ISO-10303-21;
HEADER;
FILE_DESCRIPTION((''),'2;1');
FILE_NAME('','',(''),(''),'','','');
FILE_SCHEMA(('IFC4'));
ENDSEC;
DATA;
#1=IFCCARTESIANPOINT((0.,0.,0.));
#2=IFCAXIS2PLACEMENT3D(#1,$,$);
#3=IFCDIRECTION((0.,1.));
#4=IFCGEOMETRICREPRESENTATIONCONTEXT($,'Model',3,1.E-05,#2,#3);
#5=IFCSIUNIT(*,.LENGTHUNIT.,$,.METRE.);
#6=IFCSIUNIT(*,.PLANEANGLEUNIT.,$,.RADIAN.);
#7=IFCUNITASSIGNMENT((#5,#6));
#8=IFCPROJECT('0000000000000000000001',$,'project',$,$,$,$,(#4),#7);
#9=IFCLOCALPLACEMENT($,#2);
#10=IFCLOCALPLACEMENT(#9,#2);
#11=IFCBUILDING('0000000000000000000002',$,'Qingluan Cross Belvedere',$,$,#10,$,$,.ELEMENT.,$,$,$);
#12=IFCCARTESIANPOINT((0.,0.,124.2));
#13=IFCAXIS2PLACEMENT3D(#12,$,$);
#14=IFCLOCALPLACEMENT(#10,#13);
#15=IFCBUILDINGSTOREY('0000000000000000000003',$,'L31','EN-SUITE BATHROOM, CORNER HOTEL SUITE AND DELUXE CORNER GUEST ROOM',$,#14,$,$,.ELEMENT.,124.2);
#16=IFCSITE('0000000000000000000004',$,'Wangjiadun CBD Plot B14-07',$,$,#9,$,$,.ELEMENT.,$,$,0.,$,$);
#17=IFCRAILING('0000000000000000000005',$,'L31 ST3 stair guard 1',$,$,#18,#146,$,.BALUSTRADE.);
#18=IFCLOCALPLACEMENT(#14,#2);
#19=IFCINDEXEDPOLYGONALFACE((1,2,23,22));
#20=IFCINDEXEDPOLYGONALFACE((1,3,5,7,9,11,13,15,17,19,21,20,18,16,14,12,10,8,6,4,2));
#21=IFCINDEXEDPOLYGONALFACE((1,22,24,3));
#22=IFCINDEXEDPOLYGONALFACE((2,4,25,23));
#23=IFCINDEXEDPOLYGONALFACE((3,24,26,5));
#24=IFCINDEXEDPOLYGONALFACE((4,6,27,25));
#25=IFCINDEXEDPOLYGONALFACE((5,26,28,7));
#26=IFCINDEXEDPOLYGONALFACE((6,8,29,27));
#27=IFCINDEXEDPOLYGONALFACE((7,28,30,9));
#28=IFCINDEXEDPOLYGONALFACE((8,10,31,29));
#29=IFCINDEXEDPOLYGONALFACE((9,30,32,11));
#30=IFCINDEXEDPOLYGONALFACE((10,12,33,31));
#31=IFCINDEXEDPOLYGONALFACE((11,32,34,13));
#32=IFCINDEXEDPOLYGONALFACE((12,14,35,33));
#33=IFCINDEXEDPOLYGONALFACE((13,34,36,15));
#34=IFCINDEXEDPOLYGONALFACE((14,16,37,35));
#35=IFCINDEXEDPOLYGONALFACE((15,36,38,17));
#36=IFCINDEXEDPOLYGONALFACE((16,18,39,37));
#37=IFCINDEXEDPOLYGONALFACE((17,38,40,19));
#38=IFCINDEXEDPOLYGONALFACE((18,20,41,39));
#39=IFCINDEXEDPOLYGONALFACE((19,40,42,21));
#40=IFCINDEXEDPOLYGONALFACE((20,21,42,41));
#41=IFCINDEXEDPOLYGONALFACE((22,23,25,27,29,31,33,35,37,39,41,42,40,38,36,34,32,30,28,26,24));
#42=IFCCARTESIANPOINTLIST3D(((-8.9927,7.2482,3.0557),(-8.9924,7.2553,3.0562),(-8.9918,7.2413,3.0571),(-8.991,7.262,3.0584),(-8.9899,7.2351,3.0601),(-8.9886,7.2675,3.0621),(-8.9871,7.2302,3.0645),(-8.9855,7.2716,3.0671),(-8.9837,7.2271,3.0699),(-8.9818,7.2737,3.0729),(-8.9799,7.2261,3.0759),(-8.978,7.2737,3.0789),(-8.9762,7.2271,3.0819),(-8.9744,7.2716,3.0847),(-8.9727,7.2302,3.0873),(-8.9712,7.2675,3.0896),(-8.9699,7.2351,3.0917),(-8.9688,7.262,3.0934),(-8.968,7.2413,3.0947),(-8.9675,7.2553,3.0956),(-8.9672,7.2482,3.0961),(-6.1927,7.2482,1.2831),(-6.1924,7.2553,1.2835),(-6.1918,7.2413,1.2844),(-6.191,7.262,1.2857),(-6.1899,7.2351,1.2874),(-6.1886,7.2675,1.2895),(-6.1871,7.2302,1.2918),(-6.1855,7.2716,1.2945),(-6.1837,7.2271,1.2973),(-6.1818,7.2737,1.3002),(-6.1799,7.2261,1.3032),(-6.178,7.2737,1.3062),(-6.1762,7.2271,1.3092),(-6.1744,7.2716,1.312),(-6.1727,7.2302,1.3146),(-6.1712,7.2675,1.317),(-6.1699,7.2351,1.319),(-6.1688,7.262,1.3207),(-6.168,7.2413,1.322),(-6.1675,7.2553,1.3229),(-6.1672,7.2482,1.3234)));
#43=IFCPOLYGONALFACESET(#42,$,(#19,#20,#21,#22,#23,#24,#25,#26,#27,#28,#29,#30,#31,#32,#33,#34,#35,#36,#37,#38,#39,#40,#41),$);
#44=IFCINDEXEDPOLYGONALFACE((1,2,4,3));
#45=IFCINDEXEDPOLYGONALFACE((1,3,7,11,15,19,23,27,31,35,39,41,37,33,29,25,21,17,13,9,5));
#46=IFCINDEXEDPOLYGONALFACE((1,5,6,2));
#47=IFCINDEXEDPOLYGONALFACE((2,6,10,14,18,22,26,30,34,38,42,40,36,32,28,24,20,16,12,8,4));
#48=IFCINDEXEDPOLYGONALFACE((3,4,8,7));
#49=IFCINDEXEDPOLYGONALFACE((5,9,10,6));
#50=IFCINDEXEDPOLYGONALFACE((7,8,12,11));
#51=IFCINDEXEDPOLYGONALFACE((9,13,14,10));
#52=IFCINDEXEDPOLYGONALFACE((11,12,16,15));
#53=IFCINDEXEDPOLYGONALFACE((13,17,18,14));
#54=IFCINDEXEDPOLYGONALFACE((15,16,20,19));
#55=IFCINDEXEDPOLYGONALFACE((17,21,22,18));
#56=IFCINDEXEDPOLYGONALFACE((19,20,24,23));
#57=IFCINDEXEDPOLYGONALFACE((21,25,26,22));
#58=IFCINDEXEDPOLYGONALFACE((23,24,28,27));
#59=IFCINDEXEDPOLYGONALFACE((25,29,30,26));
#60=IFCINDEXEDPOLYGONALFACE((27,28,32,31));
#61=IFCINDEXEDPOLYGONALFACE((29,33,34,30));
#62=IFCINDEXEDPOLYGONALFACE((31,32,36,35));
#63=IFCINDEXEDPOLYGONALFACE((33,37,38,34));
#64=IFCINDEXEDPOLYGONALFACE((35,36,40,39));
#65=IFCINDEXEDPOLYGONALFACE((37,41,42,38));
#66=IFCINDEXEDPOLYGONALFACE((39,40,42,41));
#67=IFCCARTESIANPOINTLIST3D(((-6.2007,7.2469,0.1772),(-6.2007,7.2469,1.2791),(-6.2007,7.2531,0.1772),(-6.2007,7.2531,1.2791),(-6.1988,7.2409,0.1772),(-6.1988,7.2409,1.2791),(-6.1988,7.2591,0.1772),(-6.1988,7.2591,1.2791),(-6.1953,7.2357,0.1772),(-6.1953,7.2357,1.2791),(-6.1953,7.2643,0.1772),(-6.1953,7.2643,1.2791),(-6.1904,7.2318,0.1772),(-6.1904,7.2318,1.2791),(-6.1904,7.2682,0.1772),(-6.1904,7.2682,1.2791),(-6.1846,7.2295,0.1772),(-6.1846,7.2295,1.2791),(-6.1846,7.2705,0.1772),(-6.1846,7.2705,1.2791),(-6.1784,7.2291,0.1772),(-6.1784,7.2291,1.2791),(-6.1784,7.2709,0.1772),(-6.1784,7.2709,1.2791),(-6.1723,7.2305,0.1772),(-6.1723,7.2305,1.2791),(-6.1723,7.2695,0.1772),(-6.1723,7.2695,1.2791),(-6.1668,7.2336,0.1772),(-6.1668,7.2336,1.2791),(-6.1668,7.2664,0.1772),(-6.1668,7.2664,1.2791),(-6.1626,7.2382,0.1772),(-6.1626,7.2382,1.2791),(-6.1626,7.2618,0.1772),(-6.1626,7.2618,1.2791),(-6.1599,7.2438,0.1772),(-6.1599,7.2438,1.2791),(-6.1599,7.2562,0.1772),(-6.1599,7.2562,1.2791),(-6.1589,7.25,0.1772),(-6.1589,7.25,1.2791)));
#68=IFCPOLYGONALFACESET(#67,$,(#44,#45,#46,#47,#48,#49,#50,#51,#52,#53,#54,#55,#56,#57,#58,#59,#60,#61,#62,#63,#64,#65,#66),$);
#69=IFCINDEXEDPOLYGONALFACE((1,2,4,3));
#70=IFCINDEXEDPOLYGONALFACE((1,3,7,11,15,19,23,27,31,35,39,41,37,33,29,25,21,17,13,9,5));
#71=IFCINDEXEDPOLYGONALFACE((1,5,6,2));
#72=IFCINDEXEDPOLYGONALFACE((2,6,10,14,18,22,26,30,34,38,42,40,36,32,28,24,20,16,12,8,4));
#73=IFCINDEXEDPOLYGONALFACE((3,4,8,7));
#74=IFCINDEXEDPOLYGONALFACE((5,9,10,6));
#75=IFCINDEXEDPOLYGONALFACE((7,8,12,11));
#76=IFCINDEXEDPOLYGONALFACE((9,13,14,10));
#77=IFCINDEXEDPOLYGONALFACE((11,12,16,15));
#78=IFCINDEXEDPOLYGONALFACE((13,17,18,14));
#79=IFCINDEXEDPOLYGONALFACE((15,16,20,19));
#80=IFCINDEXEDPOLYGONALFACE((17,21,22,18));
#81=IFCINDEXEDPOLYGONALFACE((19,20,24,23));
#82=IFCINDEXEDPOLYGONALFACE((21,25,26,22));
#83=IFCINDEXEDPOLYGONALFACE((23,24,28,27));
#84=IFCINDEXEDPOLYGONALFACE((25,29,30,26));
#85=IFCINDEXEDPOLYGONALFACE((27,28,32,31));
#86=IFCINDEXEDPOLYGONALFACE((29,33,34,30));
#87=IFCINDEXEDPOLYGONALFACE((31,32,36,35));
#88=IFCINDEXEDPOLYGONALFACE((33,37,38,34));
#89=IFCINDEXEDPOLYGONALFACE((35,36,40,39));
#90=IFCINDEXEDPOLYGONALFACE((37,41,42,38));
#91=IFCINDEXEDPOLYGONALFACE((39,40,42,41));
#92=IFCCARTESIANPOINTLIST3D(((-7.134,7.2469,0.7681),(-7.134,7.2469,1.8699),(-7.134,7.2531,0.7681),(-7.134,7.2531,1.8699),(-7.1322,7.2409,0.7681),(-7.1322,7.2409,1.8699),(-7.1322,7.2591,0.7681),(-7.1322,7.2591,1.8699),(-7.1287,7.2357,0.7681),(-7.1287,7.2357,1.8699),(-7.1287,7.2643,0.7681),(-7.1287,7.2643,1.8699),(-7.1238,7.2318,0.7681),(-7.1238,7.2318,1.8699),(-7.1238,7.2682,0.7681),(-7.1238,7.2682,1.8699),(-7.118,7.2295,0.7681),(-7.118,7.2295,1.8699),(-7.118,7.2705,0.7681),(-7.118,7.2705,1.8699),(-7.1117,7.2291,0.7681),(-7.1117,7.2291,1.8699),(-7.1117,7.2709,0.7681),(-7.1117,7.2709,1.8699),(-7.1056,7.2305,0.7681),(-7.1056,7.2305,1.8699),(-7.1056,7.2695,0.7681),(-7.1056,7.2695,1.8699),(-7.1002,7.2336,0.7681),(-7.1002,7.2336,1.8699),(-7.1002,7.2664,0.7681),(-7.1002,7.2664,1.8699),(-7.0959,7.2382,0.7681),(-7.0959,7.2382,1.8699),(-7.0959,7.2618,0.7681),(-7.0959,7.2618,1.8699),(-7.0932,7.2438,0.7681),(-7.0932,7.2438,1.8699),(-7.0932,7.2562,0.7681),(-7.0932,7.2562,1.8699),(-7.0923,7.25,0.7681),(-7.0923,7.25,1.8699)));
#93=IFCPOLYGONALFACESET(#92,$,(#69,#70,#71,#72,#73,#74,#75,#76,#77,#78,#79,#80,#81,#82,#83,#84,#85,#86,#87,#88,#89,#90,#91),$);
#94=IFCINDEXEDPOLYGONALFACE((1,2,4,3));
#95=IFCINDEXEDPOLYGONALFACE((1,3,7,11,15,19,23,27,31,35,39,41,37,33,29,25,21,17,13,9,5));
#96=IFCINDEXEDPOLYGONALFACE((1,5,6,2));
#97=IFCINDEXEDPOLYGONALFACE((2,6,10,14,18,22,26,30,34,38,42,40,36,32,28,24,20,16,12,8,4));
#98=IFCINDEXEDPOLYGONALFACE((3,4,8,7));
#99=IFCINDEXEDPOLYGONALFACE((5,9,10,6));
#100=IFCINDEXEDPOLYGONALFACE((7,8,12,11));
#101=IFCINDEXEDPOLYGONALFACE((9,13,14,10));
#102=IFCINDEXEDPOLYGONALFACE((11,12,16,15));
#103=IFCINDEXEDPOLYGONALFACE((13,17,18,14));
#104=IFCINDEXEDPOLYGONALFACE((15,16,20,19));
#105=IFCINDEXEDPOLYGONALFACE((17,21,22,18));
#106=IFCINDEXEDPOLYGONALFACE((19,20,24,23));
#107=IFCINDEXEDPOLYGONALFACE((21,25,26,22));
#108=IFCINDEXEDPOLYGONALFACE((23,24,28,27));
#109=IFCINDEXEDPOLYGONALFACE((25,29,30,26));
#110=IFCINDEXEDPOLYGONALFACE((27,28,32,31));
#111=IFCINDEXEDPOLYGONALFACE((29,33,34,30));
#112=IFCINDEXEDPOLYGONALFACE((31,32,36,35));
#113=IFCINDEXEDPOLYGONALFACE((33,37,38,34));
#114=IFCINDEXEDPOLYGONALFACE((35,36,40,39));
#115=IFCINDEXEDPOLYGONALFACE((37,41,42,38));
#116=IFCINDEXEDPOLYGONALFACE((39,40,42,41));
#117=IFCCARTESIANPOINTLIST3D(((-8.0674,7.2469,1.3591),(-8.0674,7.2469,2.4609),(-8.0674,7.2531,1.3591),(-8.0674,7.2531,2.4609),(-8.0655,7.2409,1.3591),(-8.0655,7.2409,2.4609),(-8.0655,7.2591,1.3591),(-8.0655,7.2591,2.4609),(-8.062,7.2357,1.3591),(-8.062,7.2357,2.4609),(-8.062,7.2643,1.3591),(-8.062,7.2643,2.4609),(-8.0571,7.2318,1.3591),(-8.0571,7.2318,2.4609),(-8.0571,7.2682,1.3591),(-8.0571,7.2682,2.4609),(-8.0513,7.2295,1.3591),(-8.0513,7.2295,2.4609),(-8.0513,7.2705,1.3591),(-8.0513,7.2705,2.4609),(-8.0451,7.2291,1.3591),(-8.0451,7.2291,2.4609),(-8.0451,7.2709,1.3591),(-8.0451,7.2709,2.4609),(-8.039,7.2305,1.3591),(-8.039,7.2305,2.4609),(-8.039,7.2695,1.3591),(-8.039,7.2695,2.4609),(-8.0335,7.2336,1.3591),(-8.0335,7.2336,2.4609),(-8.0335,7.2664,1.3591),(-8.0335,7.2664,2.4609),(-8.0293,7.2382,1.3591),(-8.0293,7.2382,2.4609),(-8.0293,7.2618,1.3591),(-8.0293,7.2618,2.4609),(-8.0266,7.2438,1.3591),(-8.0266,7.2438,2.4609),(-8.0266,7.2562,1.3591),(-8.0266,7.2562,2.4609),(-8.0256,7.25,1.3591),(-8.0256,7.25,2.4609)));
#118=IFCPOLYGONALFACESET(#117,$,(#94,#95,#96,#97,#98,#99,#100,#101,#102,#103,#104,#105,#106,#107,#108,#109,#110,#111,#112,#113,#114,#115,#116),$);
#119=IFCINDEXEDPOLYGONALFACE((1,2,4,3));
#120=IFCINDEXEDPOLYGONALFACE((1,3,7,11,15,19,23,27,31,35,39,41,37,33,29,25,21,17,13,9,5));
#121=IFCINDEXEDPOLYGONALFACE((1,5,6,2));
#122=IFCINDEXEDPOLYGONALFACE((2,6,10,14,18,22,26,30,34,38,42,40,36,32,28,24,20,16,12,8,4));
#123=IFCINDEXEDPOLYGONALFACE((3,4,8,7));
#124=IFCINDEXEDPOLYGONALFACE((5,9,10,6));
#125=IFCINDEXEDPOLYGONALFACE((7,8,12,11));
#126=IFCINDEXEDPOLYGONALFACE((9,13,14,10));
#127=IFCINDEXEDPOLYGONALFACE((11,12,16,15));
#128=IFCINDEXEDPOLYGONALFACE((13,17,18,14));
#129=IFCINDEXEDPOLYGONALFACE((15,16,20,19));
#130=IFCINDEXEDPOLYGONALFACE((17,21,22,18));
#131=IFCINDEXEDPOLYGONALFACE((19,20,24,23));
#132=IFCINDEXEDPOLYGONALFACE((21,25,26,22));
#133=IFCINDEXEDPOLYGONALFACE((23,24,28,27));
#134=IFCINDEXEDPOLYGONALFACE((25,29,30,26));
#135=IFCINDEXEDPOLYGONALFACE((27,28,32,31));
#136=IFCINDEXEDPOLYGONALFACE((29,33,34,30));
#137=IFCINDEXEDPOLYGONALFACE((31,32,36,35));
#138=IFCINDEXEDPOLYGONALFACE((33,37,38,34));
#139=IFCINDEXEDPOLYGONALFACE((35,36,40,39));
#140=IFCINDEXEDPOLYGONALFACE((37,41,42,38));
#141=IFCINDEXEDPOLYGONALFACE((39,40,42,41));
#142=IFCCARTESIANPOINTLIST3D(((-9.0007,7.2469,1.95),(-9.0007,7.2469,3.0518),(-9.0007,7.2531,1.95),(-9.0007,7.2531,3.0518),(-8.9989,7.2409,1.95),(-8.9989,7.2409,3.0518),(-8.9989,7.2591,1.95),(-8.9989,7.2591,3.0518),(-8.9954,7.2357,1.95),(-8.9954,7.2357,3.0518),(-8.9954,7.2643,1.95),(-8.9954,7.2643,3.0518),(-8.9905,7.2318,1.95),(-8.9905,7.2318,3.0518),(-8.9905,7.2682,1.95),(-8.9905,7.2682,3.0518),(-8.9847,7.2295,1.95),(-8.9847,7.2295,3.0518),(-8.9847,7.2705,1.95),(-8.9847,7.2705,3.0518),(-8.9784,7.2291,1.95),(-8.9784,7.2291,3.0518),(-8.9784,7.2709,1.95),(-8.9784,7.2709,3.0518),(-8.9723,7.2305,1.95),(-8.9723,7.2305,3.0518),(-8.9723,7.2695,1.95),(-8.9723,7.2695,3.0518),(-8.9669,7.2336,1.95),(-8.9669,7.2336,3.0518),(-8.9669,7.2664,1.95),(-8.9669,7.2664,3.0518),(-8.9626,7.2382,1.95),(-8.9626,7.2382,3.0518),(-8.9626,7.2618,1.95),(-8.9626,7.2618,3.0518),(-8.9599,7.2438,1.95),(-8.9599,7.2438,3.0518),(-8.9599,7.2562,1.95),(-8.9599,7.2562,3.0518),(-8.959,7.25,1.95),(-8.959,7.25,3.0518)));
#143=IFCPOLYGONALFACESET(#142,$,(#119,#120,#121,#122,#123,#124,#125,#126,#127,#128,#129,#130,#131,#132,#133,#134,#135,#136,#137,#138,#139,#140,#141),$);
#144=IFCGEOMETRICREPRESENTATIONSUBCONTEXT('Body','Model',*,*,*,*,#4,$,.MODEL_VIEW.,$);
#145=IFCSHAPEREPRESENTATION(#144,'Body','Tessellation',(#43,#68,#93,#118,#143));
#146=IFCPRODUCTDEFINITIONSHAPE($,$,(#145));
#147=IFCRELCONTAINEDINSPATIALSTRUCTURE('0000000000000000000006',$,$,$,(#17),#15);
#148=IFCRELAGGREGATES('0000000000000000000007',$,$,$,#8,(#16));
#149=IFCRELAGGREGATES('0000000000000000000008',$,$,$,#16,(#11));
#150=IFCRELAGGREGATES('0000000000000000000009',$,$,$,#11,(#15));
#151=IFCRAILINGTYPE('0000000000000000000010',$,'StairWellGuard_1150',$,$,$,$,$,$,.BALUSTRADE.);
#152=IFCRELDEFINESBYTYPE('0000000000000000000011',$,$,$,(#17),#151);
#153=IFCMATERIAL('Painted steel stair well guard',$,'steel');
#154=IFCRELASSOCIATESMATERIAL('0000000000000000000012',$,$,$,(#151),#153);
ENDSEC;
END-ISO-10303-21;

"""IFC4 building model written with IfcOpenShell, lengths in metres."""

from ifc_helpers import new_model, si_unit, direction, frame, origin, origin_2d, place, context, subcontext, project, spatial, circle, extrude, material, type_object, element, save


model = new_model("IFC4")

# Units and contexts
model_context = context("Model", 3, precision=1e-05, world=origin(), true_north=direction((0.0, 1.0)))
body_context = subcontext(model_context, "Body", "Model", "MODEL_VIEW")
ifc_project = project(units=[si_unit("LENGTHUNIT", "METRE"), si_unit("PLANEANGLEUNIT", "RADIAN")], contexts=[model_context])

# Site, building, storey
site_placement = place(None, origin())
site = spatial("IfcSite", under=ifc_project, at=site_placement, Name="Wangjiadun CBD Plot B14-07", CompositionType="ELEMENT", RefElevation=0.0)
building_placement = place(site_placement, origin())
building = spatial("IfcBuilding", under=site, at=building_placement, Name="Qingluan Cross Belvedere", CompositionType="ELEMENT")
storey_placement = place(building_placement, frame((0.0, 0.0, 124.2)))
storey = spatial("IfcBuildingStorey", under=building, at=storey_placement, Name="L31", Description="EN-SUITE BATHROOM, CORNER HOTEL SUITE AND DELUXE CORNER GUEST ROOM", CompositionType="ELEMENT", Elevation=124.2)

# Railing
ifc_material_1 = material(Name="Painted steel stair well guard", Category="steel")
railing_type_1 = type_object("IfcRailingType", Name="StairWellGuard_1150", PredefinedType="BALUSTRADE", material=ifc_material_1)
railing_1_placement = place(storey_placement, frame((-6.1799, 7.25, 0.1772)))
element("IfcRailing", 1, at=railing_1_placement, inside=storey, type_object=railing_type_1, Name="L31 ST3 stair guard 1", PredefinedType="BALUSTRADE", context=body_context, shape_type="SweptSolid", body=[
    extrude(circle(Radius=0.0239, at=origin_2d()), frame((0.0, 0.0, 1.126), z_axis=(-0.844909, 0.0, 0.53491), x_axis=(0.0, -1.0, 0.0)), (0.0, 0.0, 1.0), 3.314),
    extrude(circle(Radius=0.021, at=origin_2d()), origin(), (0.0, 0.0, 1.0), 1.1018),
    extrude(circle(Radius=0.021, at=origin_2d()), frame((-0.9333, 0.0, 0.5908)), (0.0, 0.0, 1.0), 1.1018),
    extrude(circle(Radius=0.021, at=origin_2d()), frame((-1.8667, 0.0, 1.1819)), (0.0, 0.0, 1.0), 1.1018),
    extrude(circle(Radius=0.021, at=origin_2d()), frame((-2.8, 0.0, 1.7727)), (0.0, 0.0, 1.0), 1.1018),
])

save(model, "model.ifc")
